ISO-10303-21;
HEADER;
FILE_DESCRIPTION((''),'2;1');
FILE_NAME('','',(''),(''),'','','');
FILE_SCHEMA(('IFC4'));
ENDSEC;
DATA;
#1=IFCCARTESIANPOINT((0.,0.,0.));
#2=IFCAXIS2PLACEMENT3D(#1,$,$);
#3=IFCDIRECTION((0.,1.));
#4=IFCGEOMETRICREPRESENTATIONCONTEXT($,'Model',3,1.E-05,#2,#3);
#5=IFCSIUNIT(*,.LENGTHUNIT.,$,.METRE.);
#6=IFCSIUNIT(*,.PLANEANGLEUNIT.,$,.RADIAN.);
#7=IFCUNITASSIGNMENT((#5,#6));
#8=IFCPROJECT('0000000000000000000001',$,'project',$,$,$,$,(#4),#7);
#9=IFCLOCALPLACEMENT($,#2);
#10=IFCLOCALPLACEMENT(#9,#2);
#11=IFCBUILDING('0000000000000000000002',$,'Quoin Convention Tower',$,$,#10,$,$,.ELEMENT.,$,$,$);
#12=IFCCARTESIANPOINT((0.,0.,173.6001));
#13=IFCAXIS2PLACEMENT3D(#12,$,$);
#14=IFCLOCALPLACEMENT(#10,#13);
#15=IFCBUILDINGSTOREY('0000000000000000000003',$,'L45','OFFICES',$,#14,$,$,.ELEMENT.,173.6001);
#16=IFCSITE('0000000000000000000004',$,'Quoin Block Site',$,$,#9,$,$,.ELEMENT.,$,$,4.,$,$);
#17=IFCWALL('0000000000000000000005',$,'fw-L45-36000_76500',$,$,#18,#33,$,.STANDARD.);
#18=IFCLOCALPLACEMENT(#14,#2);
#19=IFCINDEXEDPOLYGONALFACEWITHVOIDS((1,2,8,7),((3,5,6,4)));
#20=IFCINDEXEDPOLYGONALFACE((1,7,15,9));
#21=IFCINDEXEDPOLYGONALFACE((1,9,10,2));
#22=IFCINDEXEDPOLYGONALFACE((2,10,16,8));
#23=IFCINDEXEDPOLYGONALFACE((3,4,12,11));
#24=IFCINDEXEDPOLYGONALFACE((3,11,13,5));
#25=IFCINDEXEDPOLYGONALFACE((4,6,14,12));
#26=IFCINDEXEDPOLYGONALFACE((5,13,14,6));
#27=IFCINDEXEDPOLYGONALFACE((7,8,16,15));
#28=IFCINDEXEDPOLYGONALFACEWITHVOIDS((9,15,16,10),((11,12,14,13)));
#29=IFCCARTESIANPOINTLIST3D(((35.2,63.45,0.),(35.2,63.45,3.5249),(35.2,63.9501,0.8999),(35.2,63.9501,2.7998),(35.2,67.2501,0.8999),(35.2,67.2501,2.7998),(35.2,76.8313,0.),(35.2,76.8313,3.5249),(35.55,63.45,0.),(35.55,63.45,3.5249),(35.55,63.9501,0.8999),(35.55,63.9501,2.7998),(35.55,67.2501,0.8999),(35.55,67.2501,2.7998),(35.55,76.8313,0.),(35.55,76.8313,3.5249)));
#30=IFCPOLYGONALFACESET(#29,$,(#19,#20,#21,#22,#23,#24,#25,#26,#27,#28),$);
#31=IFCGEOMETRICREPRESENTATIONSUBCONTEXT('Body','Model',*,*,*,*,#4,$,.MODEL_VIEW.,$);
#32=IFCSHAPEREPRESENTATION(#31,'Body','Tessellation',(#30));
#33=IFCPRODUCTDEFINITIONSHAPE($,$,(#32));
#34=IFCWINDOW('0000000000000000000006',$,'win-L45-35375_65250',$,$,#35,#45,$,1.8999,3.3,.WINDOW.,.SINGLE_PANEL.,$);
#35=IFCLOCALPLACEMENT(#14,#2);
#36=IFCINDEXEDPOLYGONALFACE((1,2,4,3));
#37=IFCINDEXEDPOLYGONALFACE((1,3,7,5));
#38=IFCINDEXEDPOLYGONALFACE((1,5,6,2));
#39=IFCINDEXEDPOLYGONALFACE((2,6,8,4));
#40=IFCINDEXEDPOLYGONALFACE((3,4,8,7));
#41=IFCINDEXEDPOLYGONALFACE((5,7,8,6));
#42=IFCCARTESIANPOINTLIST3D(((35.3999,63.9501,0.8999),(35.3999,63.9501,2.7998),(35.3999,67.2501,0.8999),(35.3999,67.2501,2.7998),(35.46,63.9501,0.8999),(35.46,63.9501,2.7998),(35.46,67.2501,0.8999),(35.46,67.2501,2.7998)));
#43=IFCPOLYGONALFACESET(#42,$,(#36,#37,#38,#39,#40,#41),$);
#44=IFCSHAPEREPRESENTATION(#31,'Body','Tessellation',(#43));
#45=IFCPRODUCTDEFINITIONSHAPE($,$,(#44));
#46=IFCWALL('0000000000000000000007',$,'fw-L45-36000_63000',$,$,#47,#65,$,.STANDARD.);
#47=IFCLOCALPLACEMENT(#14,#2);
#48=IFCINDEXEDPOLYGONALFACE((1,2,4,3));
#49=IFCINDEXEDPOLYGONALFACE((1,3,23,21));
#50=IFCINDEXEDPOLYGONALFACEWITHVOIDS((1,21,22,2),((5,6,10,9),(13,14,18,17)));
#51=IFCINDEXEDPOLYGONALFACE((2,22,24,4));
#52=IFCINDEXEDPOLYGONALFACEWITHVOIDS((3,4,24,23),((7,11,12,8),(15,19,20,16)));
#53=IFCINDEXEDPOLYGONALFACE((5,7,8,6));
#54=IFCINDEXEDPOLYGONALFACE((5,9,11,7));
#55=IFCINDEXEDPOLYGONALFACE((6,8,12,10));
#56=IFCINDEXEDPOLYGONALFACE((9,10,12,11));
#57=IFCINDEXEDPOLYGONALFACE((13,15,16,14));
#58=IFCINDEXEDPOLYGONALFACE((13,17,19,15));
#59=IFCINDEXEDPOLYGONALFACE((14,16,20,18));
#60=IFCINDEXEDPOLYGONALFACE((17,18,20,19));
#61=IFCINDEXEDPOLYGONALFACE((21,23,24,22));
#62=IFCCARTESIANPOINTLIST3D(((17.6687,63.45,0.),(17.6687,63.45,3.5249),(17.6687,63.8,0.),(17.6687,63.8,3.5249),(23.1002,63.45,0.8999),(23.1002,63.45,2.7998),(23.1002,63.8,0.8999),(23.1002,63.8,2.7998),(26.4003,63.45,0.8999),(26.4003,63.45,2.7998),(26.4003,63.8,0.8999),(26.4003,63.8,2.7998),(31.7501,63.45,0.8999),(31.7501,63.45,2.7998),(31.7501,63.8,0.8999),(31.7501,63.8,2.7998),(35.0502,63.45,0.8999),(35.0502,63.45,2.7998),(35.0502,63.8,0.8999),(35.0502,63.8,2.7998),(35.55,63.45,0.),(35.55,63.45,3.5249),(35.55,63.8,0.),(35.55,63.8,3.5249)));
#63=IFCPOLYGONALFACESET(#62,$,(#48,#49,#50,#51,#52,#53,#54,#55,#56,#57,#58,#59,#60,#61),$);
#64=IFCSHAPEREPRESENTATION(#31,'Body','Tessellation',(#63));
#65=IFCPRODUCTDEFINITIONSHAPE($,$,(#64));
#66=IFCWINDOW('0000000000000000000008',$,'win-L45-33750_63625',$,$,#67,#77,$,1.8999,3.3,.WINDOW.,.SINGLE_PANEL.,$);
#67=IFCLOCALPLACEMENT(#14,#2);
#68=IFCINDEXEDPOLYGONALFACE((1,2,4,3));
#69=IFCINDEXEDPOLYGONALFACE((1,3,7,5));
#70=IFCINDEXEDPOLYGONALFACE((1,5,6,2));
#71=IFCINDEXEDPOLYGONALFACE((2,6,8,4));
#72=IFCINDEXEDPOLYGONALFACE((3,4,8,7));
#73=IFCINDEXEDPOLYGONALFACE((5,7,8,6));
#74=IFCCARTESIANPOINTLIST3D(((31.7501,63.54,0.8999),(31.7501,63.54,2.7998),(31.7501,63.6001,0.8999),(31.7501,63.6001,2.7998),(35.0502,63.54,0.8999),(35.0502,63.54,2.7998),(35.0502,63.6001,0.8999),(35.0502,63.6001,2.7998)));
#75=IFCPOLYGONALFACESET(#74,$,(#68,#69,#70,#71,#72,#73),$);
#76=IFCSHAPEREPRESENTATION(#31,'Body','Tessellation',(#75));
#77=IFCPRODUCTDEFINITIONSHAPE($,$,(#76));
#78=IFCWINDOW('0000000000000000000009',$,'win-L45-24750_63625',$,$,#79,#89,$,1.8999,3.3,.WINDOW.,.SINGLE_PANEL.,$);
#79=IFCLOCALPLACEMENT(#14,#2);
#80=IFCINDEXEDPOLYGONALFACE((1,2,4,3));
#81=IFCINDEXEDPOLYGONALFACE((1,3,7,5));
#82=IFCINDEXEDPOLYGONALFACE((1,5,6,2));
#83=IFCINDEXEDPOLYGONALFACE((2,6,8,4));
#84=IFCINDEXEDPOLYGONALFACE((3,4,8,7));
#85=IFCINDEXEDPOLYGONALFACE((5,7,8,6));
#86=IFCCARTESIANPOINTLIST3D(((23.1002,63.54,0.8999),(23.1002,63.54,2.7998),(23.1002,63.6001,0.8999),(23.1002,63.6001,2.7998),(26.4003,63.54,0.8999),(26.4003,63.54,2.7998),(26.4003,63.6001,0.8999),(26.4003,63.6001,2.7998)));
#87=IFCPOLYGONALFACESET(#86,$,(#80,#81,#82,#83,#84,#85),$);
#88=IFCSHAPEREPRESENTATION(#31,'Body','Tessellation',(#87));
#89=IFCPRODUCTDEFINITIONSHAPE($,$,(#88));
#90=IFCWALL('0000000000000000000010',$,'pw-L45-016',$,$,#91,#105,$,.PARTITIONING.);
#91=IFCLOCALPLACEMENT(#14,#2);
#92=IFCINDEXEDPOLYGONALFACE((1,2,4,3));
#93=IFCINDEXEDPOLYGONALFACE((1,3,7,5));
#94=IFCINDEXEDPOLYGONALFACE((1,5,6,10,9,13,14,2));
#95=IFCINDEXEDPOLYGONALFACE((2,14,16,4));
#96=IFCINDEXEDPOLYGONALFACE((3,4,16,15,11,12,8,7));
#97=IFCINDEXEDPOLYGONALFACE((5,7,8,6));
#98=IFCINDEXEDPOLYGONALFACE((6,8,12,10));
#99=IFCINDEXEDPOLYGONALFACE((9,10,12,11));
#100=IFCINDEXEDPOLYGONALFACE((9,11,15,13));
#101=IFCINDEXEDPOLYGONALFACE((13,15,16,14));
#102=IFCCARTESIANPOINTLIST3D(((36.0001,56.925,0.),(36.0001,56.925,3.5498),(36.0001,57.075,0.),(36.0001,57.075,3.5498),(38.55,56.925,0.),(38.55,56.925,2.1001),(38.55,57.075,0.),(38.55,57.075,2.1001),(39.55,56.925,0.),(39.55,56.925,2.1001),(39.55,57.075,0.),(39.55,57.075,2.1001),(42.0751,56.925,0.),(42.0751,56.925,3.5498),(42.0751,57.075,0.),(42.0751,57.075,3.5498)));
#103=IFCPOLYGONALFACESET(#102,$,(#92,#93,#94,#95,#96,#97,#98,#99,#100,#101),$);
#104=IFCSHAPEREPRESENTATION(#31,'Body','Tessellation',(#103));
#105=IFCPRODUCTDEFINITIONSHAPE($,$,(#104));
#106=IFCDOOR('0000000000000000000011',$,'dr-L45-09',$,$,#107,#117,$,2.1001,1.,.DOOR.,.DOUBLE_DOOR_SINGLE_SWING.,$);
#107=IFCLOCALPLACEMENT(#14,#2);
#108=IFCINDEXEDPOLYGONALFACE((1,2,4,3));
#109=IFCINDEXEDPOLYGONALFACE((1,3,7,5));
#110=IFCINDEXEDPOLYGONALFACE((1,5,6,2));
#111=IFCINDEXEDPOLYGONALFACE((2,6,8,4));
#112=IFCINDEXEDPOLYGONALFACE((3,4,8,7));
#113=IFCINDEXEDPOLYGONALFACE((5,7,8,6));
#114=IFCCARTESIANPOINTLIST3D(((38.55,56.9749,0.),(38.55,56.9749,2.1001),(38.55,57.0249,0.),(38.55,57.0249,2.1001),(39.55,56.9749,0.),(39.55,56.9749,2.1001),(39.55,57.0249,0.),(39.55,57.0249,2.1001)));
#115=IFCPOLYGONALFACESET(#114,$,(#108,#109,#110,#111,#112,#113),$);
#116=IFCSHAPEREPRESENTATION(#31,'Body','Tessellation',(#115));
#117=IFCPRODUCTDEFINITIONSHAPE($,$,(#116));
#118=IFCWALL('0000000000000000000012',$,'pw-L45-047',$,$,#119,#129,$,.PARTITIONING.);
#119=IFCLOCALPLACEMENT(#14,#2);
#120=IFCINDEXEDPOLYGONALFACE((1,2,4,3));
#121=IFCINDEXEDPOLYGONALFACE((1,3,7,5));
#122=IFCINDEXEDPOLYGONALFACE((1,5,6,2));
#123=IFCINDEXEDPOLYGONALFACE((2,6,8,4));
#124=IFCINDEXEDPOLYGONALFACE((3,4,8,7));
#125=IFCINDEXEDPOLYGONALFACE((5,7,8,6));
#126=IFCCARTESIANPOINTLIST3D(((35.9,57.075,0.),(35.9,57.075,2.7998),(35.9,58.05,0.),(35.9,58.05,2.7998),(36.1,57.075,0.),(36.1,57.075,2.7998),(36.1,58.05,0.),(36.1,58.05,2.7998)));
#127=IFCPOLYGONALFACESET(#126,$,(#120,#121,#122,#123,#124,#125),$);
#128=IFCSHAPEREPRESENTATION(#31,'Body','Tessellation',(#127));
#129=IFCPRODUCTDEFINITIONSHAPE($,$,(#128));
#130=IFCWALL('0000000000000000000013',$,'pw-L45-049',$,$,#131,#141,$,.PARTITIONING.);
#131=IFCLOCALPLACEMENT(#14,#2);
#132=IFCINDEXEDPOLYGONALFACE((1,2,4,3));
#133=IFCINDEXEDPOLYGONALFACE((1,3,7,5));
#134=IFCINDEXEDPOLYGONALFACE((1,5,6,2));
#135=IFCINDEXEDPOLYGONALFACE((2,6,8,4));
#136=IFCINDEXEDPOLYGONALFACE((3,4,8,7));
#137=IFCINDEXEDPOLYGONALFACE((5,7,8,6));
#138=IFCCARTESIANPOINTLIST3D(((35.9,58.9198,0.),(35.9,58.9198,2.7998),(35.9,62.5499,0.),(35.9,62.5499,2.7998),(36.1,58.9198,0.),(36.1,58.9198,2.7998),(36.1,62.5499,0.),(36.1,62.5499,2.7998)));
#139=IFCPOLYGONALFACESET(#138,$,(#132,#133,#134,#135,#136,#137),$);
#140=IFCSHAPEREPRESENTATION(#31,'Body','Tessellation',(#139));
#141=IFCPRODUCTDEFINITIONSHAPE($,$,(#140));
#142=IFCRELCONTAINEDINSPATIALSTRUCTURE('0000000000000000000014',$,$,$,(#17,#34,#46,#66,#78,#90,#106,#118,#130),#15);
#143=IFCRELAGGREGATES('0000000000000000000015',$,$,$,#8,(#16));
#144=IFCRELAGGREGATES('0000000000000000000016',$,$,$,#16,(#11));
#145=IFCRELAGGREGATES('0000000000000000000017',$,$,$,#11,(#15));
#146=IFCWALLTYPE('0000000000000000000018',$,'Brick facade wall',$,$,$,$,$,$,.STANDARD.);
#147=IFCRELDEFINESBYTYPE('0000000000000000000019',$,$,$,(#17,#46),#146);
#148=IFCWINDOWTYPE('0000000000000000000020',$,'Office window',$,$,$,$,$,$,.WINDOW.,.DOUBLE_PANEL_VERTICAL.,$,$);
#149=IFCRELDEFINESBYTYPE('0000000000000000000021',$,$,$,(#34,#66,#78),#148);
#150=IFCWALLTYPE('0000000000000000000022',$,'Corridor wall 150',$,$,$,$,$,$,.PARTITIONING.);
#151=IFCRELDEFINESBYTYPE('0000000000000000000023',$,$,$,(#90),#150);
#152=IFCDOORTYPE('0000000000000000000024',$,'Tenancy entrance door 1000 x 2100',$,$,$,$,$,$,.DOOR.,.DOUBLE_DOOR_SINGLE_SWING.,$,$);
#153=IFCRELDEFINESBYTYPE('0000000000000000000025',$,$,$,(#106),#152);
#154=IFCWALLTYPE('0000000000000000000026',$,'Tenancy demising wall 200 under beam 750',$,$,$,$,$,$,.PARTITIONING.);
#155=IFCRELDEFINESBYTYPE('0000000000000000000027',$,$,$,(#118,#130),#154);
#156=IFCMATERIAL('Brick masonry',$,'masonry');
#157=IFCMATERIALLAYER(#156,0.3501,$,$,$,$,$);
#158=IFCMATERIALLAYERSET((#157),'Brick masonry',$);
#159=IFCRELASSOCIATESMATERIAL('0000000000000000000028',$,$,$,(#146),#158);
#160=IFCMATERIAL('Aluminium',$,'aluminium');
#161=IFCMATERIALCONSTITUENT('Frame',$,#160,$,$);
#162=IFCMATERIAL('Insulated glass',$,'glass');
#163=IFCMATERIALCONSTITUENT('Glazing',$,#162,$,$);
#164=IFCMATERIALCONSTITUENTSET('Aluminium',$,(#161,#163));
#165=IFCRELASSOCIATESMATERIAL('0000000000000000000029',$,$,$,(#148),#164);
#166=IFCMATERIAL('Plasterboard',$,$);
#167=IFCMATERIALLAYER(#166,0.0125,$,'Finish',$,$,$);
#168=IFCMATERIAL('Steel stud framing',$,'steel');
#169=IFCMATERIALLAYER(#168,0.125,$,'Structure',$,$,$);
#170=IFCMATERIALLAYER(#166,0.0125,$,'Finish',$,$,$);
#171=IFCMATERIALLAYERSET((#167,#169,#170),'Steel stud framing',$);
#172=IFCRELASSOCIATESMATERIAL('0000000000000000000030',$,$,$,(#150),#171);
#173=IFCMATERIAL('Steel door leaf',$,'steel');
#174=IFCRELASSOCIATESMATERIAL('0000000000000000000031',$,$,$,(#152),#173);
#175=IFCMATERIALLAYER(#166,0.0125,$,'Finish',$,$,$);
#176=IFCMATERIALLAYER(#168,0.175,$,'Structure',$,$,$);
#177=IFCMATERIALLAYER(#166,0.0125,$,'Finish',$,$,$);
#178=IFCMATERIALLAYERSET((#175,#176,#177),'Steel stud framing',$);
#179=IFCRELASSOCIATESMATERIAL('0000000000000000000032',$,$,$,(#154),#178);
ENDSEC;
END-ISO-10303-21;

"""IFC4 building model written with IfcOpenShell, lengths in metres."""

from ifc_helpers import new_model, si_unit, direction, frame, frame_2d, origin, place, context, subcontext, project, spatial, rectangle, extrude, material, layer, layer_set, constituent, constituent_set, type_object, element, fill, save


model = new_model("IFC4")

# Units and contexts
model_context = context("Model", 3, precision=1e-05, world=origin(), true_north=direction((0.0, 1.0)))
body_context = subcontext(model_context, "Body", "Model", "MODEL_VIEW")
ifc_project = project(units=[si_unit("LENGTHUNIT", "METRE"), si_unit("PLANEANGLEUNIT", "RADIAN")], contexts=[model_context])

# Site, building, storey
site_placement = place(None, origin())
site = spatial("IfcSite", under=ifc_project, at=site_placement, Name="Quoin Block Site", CompositionType="ELEMENT", RefElevation=4.0)
building_placement = place(site_placement, origin())
building = spatial("IfcBuilding", under=site, at=building_placement, Name="Quoin Convention Tower", CompositionType="ELEMENT")
storey_placement = place(building_placement, frame((0.0, 0.0, 173.6001)))
storey = spatial("IfcBuildingStorey", under=building, at=storey_placement, Name="L45", Description="OFFICES", CompositionType="ELEMENT", Elevation=173.6001)

# Wall, opening, window
ifc_material_1 = material(Name="Brick masonry", Category="masonry")
ifc_layer_1 = layer(ifc_material_1, 0.3501)
ifc_layer_set_1 = layer_set([ifc_layer_1], Name="Brick masonry")
wall_type_1 = type_object("IfcWallType", Name="Brick facade wall", PredefinedType="STANDARD", material=ifc_layer_set_1)
wall_1_placement = place(storey_placement, frame((35.375, 76.8313, 0.0), z_axis=(0.0, 0.0, 1.0), x_axis=(0.0, -1.0, 0.0)))
wall_1 = element("IfcWall", 1, at=wall_1_placement, inside=storey, type_object=wall_type_1, Name="fw-L45-36000_76500", PredefinedType="STANDARD", context=body_context, shape_type="SweptSolid", body=[
    extrude(rectangle(XDim=13.3813, YDim=0.3501, at=frame_2d((6.6907, 0.0))), origin(), (0.0, 0.0, 1.0), 3.5249),
])
opening_1_placement = place(wall_1_placement, frame((9.5813, 0.0, 0.8999)))
opening_1 = element("IfcOpeningElement", 2, at=opening_1_placement, cuts=wall_1, PredefinedType="OPENING", context=body_context, shape_type="SweptSolid", body=[
    extrude(rectangle(XDim=3.3, YDim=1.8999, at=frame_2d((1.6499, 0.95))), frame((0.0, 0.1851, 0.0), z_axis=(0.0, -1.0, 0.0), x_axis=(1.0, 0.0, 0.0)), (0.0, 0.0, 1.0), 0.3701),
])
ifc_material_2 = material(Name="Aluminium", Category="aluminium")
ifc_constituent_1 = constituent(ifc_material_2, Name="Frame")
ifc_material_3 = material(Name="Insulated glass", Category="glass")
ifc_constituent_2 = constituent(ifc_material_3, Name="Glazing")
ifc_constituent_set = constituent_set(constituents=[ifc_constituent_1, ifc_constituent_2], Name="Aluminium")
window_type = type_object("IfcWindowType", Name="Office window", PartitioningType="DOUBLE_PANEL_VERTICAL", PredefinedType="WINDOW", material=ifc_constituent_set)
window_1_placement = place(opening_1_placement, origin())
window_1 = element("IfcWindow", 3, at=window_1_placement, inside=storey, type_object=window_type, Name="win-L45-35375_65250", OverallHeight=1.8999, OverallWidth=3.3, PartitioningType="SINGLE_PANEL", PredefinedType="WINDOW", context=body_context, shape_type="SweptSolid", body=[
    extrude(rectangle(XDim=3.3, YDim=1.8999, at=frame_2d((1.6499, 0.95))), frame((0.0, 0.085, 0.0), z_axis=(0.0, -1.0, 0.0), x_axis=(1.0, 0.0, 0.0)), (0.0, 0.0, 1.0), 0.0601),
])
fill(opening_1, window_1)

# Wall, openings, windows
wall_2_placement = place(storey_placement, frame((35.55, 63.625, 0.0), z_axis=(0.0, 0.0, 1.0), x_axis=(-1.0, 0.0, 0.0)))
wall_2 = element("IfcWall", 4, at=wall_2_placement, inside=storey, type_object=wall_type_1, Name="fw-L45-36000_63000", PredefinedType="STANDARD", context=body_context, shape_type="SweptSolid", body=[
    extrude(rectangle(XDim=17.8813, YDim=0.3501, at=frame_2d((8.9407, 0.0))), origin(), (0.0, 0.0, 1.0), 3.5249),
])
opening_2_placement = place(wall_2_placement, frame((0.5, 0.0, 0.8999)))
opening_2 = element("IfcOpeningElement", 5, at=opening_2_placement, cuts=wall_2, PredefinedType="OPENING", context=body_context, shape_type="SweptSolid", body=[
    extrude(rectangle(XDim=3.3, YDim=1.8999, at=frame_2d((1.6499, 0.95))), frame((0.0, 0.1851, 0.0), z_axis=(0.0, -1.0, 0.0), x_axis=(1.0, 0.0, 0.0)), (0.0, 0.0, 1.0), 0.3701),
])
opening_3_placement = place(wall_2_placement, frame((9.1499, 0.0, 0.8999)))
opening_3 = element("IfcOpeningElement", 6, at=opening_3_placement, cuts=wall_2, PredefinedType="OPENING", context=body_context, shape_type="SweptSolid", body=[
    extrude(rectangle(XDim=3.3, YDim=1.8999, at=frame_2d((1.6499, 0.95))), frame((0.0, 0.1851, 0.0), z_axis=(0.0, -1.0, 0.0), x_axis=(1.0, 0.0, 0.0)), (0.0, 0.0, 1.0), 0.3701),
])
window_2_placement = place(opening_2_placement, origin())
window_2 = element("IfcWindow", 7, at=window_2_placement, inside=storey, type_object=window_type, Name="win-L45-33750_63625", OverallHeight=1.8999, OverallWidth=3.3, PartitioningType="SINGLE_PANEL", PredefinedType="WINDOW", context=body_context, shape_type="SweptSolid", body=[
    extrude(rectangle(XDim=3.3, YDim=1.8999, at=frame_2d((1.6499, 0.95))), frame((0.0, 0.085, 0.0), z_axis=(0.0, -1.0, 0.0), x_axis=(1.0, 0.0, 0.0)), (0.0, 0.0, 1.0), 0.0601),
])
fill(opening_2, window_2)
window_3_placement = place(opening_3_placement, origin())
window_3 = element("IfcWindow", 8, at=window_3_placement, inside=storey, type_object=window_type, Name="win-L45-24750_63625", OverallHeight=1.8999, OverallWidth=3.3, PartitioningType="SINGLE_PANEL", PredefinedType="WINDOW", context=body_context, shape_type="SweptSolid", body=[
    extrude(rectangle(XDim=3.3, YDim=1.8999, at=frame_2d((1.6499, 0.95))), frame((0.0, 0.085, 0.0), z_axis=(0.0, -1.0, 0.0), x_axis=(1.0, 0.0, 0.0)), (0.0, 0.0, 1.0), 0.0601),
])
fill(opening_3, window_3)

# Wall, opening, door
ifc_material_4 = material(Name="Plasterboard")
ifc_layer_2 = layer(ifc_material_4, 0.0125, Name="Finish")
ifc_material_5 = material(Name="Steel stud framing", Category="steel")
ifc_layer_3 = layer(ifc_material_5, 0.125, Name="Structure")
ifc_layer_4 = layer(ifc_material_4, 0.0125, Name="Finish")
ifc_layer_set_2 = layer_set([ifc_layer_2, ifc_layer_3, ifc_layer_4], Name="Steel stud framing")
wall_type_2 = type_object("IfcWallType", Name="Corridor wall 150", PredefinedType="PARTITIONING", material=ifc_layer_set_2)
wall_3_placement = place(storey_placement, frame((36.0, 57.0, 0.0), z_axis=(0.0, 0.0, 1.0), x_axis=(1.0, 0.0, 0.0)))
wall_3 = element("IfcWall", 9, at=wall_3_placement, inside=storey, type_object=wall_type_2, Name="pw-L45-016", PredefinedType="PARTITIONING", context=body_context, shape_type="SweptSolid", body=[
    extrude(rectangle(XDim=6.075, YDim=0.1499, at=frame_2d((3.0376, 0.0))), origin(), (0.0, 0.0, 1.0), 3.5498),
])
opening_4_placement = place(wall_3_placement, frame((2.55, 0.0, 0.0)))
opening_4 = element("IfcOpeningElement", 10, at=opening_4_placement, cuts=wall_3, PredefinedType="OPENING", context=body_context, shape_type="SweptSolid", body=[
    extrude(rectangle(XDim=1.0, YDim=2.1001, at=frame_2d((0.5, 1.05))), frame((0.0, 0.085, 0.0), z_axis=(0.0, -1.0, 0.0), x_axis=(1.0, 0.0, 0.0)), (0.0, 0.0, 1.0), 0.1699),
])
ifc_material_6 = material(Name="Steel door leaf", Category="steel")
door_type = type_object("IfcDoorType", Name="Tenancy entrance door 1000 x 2100", OperationType="DOUBLE_DOOR_SINGLE_SWING", PredefinedType="DOOR", material=ifc_material_6)
door_placement = place(opening_4_placement, origin())
door = element("IfcDoor", 11, at=door_placement, inside=storey, type_object=door_type, Name="dr-L45-09", OperationType="DOUBLE_DOOR_SINGLE_SWING", OverallHeight=2.1001, OverallWidth=1.0, PredefinedType="DOOR", context=body_context, shape_type="SweptSolid", body=[
    extrude(rectangle(XDim=1.0, YDim=2.1001, at=frame_2d((0.5, 1.05))), frame((0.0, 0.0249, 0.0), z_axis=(0.0, -1.0, 0.0), x_axis=(1.0, 0.0, 0.0)), (0.0, 0.0, 1.0), 0.05),
])
fill(opening_4, door)

# Walls
ifc_layer_5 = layer(ifc_material_4, 0.0125, Name="Finish")
ifc_layer_6 = layer(ifc_material_5, 0.175, Name="Structure")
ifc_layer_7 = layer(ifc_material_4, 0.0125, Name="Finish")
ifc_layer_set_3 = layer_set([ifc_layer_5, ifc_layer_6, ifc_layer_7], Name="Steel stud framing")
wall_type_3 = type_object("IfcWallType", Name="Tenancy demising wall 200 under beam 750", PredefinedType="PARTITIONING", material=ifc_layer_set_3)
wall_4_placement = place(storey_placement, frame((36.0, 57.075, 0.0), z_axis=(0.0, 0.0, 1.0), x_axis=(0.0, 1.0, 0.0)))
element("IfcWall", 12, at=wall_4_placement, inside=storey, type_object=wall_type_3, Name="pw-L45-047", PredefinedType="PARTITIONING", context=body_context, shape_type="SweptSolid", body=[
    extrude(rectangle(XDim=0.9751, YDim=0.2, at=frame_2d((0.4875, 0.0))), origin(), (0.0, 0.0, 1.0), 2.7998),
])
wall_5_placement = place(storey_placement, frame((36.0, 58.9199, 0.0), z_axis=(0.0, 0.0, 1.0), x_axis=(0.0, 1.0, 0.0)))
element("IfcWall", 13, at=wall_5_placement, inside=storey, type_object=wall_type_3, Name="pw-L45-049", PredefinedType="PARTITIONING", context=body_context, shape_type="SweptSolid", body=[
    extrude(rectangle(XDim=3.6301, YDim=0.2, at=frame_2d((1.8149, 0.0))), origin(), (0.0, 0.0, 1.0), 2.7998),
])

save(model, "model.ifc")
